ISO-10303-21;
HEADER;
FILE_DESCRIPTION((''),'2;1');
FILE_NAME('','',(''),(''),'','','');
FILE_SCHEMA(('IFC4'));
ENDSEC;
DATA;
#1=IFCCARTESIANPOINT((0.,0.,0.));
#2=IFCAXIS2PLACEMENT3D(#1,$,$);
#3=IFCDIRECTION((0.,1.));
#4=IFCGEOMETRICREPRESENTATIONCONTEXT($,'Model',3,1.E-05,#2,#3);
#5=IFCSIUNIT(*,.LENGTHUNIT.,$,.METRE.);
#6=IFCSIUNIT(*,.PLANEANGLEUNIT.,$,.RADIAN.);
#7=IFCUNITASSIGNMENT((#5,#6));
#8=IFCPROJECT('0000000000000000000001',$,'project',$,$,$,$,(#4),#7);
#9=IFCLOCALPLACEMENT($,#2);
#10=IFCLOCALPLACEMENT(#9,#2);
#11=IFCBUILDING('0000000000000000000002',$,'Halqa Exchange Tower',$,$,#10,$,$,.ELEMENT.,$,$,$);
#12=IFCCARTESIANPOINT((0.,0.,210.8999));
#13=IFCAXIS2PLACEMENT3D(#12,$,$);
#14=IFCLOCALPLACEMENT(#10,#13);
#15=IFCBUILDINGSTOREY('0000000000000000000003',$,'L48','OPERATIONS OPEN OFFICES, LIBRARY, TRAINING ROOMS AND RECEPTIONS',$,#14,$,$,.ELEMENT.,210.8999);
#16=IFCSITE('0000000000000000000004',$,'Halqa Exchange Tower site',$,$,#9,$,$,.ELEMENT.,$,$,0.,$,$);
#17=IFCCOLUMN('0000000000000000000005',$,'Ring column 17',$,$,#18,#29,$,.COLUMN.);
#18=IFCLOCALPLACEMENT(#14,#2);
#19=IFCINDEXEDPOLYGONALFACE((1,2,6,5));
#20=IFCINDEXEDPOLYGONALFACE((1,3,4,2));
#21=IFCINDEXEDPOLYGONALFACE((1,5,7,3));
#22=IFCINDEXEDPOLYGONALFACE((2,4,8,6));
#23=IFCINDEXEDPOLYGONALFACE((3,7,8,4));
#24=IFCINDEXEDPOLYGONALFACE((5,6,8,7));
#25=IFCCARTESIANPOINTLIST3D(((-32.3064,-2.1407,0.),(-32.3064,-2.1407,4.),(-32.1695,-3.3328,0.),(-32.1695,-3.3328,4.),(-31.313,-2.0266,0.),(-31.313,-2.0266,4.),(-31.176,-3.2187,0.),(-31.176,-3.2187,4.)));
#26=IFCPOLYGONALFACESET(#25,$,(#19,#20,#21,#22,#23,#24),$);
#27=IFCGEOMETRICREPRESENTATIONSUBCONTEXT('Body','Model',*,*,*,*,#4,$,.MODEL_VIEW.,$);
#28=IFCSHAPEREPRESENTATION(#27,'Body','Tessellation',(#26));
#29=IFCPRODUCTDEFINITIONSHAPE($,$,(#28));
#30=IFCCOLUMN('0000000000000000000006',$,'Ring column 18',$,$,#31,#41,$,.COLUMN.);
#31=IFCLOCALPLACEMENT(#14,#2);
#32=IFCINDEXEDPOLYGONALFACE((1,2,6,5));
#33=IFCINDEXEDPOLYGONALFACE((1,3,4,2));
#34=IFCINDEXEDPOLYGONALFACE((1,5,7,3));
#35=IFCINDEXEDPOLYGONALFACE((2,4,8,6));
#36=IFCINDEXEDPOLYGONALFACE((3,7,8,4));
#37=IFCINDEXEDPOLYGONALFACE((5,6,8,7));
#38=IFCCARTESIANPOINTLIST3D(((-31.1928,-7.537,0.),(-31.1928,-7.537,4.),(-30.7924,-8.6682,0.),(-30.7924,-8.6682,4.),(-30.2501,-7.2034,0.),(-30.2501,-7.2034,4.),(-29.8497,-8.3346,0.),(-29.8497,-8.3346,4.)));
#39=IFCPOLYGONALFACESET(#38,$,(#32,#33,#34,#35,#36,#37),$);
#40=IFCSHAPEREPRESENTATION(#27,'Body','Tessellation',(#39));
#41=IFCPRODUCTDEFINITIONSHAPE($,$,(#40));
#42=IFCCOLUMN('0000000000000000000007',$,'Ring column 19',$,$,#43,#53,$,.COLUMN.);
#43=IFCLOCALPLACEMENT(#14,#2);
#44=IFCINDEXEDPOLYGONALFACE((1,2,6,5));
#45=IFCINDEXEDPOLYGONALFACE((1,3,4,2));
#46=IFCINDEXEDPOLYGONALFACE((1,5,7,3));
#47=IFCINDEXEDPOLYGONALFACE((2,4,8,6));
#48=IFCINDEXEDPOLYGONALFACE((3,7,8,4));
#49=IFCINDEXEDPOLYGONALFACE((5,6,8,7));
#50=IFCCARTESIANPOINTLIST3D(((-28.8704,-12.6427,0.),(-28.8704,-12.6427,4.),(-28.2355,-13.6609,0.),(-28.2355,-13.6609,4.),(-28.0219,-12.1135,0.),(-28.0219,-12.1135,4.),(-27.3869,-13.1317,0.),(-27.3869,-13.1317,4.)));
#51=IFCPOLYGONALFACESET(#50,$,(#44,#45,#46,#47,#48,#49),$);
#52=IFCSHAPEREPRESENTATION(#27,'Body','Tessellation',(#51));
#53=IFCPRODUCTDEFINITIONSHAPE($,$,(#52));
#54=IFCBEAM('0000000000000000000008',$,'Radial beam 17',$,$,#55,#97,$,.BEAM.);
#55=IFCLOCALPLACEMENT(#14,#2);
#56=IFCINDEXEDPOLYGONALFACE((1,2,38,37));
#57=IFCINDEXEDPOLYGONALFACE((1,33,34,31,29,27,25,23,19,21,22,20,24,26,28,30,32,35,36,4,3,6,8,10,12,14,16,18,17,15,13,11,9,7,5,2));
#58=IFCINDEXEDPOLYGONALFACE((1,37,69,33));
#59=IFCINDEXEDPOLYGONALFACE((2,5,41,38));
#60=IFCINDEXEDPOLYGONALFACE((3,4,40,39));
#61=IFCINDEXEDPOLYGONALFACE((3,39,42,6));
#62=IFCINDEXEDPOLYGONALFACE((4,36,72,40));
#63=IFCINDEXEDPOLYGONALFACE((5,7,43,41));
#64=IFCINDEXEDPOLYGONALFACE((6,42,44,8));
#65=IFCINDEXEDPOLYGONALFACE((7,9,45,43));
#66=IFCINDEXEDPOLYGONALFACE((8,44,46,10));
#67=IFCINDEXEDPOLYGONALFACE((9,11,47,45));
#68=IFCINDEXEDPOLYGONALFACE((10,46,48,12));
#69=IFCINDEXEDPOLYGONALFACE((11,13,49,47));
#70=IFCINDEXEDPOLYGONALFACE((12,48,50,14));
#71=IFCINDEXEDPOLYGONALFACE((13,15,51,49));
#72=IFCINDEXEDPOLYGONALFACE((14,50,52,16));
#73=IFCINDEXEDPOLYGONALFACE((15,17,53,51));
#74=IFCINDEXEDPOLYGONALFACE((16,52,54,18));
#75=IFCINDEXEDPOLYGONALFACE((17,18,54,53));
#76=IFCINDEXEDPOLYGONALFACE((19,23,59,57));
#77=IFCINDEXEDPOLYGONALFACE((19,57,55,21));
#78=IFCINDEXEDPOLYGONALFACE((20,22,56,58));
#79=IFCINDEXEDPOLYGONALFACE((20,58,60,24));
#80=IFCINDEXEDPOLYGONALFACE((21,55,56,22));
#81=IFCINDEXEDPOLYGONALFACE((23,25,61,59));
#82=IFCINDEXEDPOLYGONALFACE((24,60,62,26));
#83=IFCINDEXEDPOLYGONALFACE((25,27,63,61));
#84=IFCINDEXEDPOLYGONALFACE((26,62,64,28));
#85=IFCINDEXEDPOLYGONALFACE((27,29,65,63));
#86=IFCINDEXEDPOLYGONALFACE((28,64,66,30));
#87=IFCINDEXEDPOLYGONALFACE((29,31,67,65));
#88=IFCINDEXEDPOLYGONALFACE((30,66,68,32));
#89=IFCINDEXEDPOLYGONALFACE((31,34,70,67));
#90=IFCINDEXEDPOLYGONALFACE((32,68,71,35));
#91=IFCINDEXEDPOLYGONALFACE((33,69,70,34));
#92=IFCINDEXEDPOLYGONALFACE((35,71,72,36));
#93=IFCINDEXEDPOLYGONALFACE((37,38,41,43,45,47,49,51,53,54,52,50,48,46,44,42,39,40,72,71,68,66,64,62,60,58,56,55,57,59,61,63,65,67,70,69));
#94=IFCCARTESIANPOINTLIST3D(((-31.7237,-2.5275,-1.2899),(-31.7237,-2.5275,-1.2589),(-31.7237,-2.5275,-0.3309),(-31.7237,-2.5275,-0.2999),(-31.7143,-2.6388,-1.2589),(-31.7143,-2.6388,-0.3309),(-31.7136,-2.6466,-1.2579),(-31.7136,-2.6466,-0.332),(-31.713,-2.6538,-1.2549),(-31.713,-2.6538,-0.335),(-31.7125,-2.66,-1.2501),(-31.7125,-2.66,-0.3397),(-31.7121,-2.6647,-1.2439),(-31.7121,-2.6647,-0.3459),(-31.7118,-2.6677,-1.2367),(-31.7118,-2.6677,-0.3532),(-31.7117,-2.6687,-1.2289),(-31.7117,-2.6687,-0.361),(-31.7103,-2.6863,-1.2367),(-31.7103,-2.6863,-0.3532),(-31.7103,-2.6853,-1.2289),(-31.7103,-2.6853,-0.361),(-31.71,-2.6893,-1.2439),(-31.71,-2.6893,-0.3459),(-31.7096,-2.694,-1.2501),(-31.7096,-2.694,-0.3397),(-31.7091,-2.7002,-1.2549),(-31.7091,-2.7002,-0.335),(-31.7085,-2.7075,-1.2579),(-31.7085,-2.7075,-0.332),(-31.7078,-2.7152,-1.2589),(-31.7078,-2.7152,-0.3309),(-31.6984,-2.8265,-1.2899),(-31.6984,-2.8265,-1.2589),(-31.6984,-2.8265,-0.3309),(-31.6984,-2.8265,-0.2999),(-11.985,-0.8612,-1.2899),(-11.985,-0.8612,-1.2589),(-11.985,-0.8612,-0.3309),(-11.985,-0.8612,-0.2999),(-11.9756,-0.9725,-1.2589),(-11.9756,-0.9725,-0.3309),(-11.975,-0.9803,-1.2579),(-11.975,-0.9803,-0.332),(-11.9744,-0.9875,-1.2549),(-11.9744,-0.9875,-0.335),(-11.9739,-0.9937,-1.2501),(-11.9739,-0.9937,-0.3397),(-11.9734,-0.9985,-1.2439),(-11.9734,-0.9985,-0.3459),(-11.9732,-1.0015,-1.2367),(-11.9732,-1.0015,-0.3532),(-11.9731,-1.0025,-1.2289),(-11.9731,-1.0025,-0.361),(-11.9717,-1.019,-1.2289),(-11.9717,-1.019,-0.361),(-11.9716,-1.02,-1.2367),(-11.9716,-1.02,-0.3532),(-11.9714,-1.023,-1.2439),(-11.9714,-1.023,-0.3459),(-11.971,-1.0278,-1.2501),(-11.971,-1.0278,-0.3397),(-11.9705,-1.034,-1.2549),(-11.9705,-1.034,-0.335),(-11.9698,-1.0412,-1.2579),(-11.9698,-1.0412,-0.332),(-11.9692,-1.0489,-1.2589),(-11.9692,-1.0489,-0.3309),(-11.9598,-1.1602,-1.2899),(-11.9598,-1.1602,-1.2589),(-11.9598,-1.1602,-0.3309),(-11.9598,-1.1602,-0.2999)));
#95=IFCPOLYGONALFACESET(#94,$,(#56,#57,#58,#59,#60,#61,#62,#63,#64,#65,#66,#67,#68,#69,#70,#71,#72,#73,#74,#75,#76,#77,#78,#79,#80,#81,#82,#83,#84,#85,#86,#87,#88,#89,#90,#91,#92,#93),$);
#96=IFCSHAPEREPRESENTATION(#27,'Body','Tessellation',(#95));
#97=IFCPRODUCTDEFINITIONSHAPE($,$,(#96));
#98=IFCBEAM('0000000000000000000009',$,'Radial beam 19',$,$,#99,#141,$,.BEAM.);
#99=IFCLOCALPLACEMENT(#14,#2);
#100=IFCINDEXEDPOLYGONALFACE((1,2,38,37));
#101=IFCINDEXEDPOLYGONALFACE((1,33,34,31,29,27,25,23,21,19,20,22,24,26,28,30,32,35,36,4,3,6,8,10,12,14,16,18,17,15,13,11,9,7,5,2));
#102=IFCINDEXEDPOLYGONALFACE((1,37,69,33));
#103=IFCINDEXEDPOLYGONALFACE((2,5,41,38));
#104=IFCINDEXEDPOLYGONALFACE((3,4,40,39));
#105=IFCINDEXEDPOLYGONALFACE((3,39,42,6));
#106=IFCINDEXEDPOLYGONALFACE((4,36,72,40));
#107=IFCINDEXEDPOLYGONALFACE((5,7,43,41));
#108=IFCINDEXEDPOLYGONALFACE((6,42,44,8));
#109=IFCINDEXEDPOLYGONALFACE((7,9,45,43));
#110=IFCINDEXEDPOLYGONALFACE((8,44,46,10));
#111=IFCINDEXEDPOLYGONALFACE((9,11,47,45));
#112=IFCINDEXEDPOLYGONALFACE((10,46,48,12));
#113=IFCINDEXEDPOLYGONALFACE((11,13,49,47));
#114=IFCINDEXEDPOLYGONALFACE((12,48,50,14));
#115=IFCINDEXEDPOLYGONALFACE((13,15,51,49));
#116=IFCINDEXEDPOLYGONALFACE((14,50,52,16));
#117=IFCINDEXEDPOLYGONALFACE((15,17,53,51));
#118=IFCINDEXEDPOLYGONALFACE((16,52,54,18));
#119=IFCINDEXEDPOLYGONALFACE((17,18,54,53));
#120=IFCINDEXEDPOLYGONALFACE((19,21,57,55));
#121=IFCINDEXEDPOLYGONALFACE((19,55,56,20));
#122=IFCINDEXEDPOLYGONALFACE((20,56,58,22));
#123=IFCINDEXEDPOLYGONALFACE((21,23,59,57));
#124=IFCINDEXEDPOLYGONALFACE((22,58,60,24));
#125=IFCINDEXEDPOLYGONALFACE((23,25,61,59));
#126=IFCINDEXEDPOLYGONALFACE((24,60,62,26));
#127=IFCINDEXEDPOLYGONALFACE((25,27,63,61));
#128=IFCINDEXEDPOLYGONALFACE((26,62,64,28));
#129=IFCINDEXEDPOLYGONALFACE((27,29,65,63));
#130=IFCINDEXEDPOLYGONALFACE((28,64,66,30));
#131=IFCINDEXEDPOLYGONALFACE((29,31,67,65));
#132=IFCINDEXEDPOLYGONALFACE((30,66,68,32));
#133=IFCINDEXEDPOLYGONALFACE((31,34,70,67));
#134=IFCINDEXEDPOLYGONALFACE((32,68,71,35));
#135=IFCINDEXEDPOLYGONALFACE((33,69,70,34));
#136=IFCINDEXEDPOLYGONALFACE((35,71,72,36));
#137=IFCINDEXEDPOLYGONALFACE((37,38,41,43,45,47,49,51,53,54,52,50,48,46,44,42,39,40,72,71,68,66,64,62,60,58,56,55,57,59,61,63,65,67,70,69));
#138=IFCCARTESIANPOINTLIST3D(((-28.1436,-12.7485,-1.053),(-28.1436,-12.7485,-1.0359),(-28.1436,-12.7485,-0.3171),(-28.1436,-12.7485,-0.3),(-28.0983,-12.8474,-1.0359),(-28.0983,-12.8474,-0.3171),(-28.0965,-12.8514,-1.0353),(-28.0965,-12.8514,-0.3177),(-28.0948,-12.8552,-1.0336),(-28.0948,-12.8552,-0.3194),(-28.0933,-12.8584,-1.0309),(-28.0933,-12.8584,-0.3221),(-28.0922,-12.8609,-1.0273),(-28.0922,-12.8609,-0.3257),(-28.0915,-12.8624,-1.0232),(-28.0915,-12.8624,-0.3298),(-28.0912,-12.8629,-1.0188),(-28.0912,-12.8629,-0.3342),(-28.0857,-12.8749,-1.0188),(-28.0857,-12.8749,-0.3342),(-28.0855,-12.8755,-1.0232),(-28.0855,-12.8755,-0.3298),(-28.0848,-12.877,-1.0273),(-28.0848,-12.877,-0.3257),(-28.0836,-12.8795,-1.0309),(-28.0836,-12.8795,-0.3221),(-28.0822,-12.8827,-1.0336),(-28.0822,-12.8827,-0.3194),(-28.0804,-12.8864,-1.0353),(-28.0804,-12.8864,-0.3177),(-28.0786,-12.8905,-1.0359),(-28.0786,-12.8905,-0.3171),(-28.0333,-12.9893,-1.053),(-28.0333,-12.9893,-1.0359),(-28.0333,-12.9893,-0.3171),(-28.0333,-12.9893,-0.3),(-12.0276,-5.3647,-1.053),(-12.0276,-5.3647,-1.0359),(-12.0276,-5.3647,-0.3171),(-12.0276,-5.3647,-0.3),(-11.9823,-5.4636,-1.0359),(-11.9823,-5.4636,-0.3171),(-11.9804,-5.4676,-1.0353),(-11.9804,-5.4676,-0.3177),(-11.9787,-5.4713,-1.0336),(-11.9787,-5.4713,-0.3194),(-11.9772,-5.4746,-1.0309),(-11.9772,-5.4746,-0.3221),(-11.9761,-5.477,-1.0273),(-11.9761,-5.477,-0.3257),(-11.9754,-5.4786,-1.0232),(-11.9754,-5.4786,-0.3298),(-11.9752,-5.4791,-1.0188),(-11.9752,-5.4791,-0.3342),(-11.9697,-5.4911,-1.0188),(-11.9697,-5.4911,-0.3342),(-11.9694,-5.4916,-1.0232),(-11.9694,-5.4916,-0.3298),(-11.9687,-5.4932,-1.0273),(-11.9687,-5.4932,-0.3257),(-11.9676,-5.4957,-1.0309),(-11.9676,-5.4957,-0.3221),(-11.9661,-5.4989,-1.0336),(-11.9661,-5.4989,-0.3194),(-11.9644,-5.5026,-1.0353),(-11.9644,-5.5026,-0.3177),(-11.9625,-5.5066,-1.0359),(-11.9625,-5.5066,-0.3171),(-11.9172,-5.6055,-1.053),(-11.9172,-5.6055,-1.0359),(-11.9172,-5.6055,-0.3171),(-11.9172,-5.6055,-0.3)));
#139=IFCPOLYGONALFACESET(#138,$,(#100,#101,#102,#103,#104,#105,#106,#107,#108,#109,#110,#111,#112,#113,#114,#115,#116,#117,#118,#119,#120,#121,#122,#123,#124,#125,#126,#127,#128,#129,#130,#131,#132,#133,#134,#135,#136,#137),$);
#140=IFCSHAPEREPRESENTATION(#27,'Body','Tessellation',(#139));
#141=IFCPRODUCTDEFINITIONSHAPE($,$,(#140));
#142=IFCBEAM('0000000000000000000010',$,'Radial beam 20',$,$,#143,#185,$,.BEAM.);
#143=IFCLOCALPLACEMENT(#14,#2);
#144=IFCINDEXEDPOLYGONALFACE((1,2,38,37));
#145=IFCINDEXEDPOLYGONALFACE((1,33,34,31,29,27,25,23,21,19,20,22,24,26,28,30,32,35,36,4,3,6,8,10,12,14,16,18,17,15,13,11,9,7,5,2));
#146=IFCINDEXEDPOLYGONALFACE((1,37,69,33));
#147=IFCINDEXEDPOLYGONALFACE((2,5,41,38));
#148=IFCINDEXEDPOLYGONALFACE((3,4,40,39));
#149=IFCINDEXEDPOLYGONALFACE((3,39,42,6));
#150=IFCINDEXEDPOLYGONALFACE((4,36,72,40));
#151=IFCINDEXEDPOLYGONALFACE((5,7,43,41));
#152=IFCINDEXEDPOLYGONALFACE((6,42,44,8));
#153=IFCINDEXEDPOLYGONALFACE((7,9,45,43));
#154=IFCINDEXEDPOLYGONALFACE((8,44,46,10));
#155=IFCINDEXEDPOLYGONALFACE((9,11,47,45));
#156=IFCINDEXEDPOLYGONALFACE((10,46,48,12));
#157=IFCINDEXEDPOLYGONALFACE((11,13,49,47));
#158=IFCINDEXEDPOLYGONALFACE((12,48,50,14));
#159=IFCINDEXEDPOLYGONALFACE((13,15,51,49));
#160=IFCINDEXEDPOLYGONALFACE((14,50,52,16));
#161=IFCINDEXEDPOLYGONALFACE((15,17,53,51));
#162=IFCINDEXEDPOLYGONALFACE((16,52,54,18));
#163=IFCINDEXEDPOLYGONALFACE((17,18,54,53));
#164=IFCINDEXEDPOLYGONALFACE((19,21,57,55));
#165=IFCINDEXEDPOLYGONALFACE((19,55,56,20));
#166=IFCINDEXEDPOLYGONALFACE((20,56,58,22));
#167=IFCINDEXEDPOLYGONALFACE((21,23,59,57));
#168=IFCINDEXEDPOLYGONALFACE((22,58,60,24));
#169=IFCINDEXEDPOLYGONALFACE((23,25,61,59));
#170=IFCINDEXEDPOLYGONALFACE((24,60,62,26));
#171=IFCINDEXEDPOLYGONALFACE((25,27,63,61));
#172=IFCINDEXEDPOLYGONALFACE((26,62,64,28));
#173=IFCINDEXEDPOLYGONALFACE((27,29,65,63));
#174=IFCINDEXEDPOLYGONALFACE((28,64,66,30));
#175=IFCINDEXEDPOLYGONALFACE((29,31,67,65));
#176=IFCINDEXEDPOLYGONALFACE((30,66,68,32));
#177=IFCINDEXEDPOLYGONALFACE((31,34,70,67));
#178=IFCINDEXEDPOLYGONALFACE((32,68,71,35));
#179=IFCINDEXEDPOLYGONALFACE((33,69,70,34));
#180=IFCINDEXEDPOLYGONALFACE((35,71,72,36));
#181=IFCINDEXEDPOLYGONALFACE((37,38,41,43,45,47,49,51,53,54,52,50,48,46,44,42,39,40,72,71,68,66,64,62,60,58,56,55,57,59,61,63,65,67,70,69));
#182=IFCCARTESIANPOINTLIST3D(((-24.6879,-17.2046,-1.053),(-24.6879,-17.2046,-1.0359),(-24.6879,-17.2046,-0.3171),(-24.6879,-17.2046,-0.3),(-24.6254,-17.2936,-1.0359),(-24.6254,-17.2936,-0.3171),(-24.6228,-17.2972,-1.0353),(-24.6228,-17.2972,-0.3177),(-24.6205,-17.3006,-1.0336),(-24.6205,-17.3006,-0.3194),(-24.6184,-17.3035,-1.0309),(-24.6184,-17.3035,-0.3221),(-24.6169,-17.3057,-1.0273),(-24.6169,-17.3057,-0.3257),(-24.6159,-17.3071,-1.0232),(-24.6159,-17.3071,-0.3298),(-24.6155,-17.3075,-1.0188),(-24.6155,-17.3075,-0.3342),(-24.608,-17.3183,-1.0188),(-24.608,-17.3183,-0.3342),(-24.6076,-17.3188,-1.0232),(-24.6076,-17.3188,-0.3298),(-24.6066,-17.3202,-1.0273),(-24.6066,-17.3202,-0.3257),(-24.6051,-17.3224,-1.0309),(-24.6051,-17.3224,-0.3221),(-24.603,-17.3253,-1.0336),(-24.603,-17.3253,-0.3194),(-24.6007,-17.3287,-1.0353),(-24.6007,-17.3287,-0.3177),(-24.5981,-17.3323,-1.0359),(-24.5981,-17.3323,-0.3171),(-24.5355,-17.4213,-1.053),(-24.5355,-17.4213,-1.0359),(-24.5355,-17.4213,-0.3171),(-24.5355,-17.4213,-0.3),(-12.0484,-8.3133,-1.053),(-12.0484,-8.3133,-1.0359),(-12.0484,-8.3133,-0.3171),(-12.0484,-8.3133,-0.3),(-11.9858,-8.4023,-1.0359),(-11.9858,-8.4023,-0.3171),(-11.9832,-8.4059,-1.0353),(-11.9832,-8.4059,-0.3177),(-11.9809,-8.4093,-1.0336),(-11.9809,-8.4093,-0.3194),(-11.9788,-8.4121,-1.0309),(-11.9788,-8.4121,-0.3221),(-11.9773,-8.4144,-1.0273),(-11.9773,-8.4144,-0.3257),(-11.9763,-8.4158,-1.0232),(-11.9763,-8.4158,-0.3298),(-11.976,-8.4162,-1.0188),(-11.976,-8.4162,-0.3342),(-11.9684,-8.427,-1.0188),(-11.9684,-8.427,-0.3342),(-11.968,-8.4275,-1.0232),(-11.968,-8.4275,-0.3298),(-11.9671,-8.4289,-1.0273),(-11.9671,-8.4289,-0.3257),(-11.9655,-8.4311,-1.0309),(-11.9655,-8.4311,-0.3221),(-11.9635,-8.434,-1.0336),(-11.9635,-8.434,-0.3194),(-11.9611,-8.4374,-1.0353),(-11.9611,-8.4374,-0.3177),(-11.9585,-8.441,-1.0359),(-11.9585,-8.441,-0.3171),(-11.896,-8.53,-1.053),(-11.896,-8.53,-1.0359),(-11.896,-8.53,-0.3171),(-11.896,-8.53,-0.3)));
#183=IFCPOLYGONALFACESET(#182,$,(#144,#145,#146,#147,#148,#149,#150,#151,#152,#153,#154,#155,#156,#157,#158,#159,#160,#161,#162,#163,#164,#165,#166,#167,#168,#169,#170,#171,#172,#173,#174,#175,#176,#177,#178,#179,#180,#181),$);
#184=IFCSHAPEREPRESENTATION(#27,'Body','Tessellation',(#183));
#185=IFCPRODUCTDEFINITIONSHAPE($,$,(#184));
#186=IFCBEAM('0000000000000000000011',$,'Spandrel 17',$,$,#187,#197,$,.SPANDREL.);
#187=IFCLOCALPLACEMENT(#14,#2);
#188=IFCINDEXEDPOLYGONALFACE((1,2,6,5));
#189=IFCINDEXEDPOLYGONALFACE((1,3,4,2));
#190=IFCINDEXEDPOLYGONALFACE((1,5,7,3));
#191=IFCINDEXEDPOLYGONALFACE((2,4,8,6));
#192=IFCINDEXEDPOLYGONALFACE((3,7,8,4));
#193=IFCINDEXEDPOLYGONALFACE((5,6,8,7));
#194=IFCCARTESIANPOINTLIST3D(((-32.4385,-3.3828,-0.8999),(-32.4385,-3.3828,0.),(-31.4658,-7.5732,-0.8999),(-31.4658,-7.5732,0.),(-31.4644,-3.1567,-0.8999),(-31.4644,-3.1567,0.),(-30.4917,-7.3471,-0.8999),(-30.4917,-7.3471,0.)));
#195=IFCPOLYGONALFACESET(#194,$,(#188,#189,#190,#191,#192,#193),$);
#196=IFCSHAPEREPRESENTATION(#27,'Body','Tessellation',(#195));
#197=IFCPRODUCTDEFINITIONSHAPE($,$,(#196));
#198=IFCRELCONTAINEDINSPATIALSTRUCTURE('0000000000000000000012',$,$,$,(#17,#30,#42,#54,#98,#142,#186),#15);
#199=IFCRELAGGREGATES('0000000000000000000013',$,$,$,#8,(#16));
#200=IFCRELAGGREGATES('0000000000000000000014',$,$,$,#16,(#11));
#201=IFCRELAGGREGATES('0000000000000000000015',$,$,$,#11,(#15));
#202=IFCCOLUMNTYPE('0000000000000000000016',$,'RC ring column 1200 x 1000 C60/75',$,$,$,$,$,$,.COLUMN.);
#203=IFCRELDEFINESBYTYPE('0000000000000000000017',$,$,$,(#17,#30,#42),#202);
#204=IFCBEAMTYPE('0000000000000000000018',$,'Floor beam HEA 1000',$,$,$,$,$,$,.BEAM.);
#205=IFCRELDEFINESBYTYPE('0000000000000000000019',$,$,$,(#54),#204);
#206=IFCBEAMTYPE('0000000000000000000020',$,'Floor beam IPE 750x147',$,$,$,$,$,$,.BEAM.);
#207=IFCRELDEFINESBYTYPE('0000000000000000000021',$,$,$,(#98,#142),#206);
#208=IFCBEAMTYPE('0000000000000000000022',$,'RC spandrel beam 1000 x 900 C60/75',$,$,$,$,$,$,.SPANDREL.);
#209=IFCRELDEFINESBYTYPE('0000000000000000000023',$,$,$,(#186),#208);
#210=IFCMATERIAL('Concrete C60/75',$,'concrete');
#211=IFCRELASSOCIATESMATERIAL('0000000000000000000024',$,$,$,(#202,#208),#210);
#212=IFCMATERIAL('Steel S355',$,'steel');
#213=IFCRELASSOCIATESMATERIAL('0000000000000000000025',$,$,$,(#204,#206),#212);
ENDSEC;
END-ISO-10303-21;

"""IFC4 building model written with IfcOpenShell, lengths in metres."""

from ifc_helpers import new_model, si_unit, direction, frame, origin, origin_2d, place, context, subcontext, project, spatial, rectangle, i_section, extrude, material, material_profile, profile_set, type_object, element, save


model = new_model("IFC4")

# Units and contexts
model_context = context("Model", 3, precision=1e-05, world=origin(), true_north=direction((0.0, 1.0)))
body_context = subcontext(model_context, "Body", "Model", "MODEL_VIEW")
ifc_project = project(units=[si_unit("LENGTHUNIT", "METRE"), si_unit("PLANEANGLEUNIT", "RADIAN")], contexts=[model_context])

# Site, building, storey
site_placement = place(None, origin())
site = spatial("IfcSite", under=ifc_project, at=site_placement, Name="Halqa Exchange Tower site", CompositionType="ELEMENT", RefElevation=0.0)
building_placement = place(site_placement, origin())
building = spatial("IfcBuilding", under=site, at=building_placement, Name="Halqa Exchange Tower", CompositionType="ELEMENT")
storey_placement = place(building_placement, frame((0.0, 0.0, 210.8999)))
storey = spatial("IfcBuildingStorey", under=building, at=storey_placement, Name="L48", Description="OPERATIONS OPEN OFFICES, LIBRARY, TRAINING ROOMS AND RECEPTIONS", CompositionType="ELEMENT", Elevation=210.8999)

# Columns
ifc_material_1 = material(Name="Concrete C60/75", Category="concrete")
ifc_material_profile_1 = material_profile(ifc_material_1, rectangle(XDim=1.2, YDim=1.0, at=origin_2d()), Name="1200 x 1000")
ifc_profile_set_1 = profile_set([ifc_material_profile_1], Name="Concrete C60/75")
column_type = type_object("IfcColumnType", Name="RC ring column 1200 x 1000 C60/75", PredefinedType="COLUMN", material=ifc_profile_set_1)
for number, where, z_axis, x_axis, name in (
    (1, (-31.7412, -2.6797, 0.0), (0.0, 0.0, 1.0), (0.114157, -0.993463, 0.0), "Ring column 17"),
    (2, (-30.5212, -7.9358, 0.0), (0.0, 0.0, 1.0), (0.333626, -0.942706, 0.0), "Ring column 18"),
    (3, (-28.1287, -12.8872, 0.0), (0.0, 0.0, 1.0), (0.529145, -0.848531, 0.0), "Ring column 19"),
):
    element("IfcColumn", number, at=place(storey_placement, frame(where, z_axis=z_axis, x_axis=x_axis)), inside=storey, type_object=column_type, Name=name, PredefinedType="COLUMN", context=body_context, shape_type="SweptSolid", body=[
        extrude(rectangle(XDim=1.2, YDim=1.0, at=origin_2d()), origin(), (0.0, 0.0, 1.0), 4.0),
    ])

# Beams
ifc_material_2 = material(Name="Steel S355", Category="steel")
ifc_material_profile_2 = material_profile(ifc_material_2, i_section(OverallWidth=0.3, OverallDepth=0.99, WebThickness=0.0166, FlangeThickness=0.031, FilletRadius=0.03, at=origin_2d()), Name="HEA 1000")
ifc_profile_set_2 = profile_set([ifc_material_profile_2], Name="Steel S355")
beam_type_1 = type_object("IfcBeamType", Name="Floor beam HEA 1000", PredefinedType="BEAM", material=ifc_profile_set_2)
beam_1_placement = place(storey_placement, frame((-11.9724, -1.0107, -0.7949), z_axis=(-0.996456, -0.084117, 0.0), x_axis=(0.084117, -0.996456, 0.0)))
element("IfcBeam", 4, at=beam_1_placement, inside=storey, type_object=beam_type_1, Name="Radial beam 17", PredefinedType="BEAM", context=body_context, shape_type="SweptSolid", body=[
    extrude(i_section(OverallWidth=0.3, OverallDepth=0.99, WebThickness=0.0166, FlangeThickness=0.031, FilletRadius=0.03, at=origin_2d()), origin(), (0.0, 0.0, 1.0), 19.8088),
])
ifc_material_profile_3 = material_profile(ifc_material_2, i_section(OverallWidth=0.2649, OverallDepth=0.7529, WebThickness=0.0132, FlangeThickness=0.0171, FilletRadius=0.0171, at=origin_2d()), Name="IPE 750x147")
ifc_profile_set_3 = profile_set([ifc_material_profile_3], Name="Steel S355")
beam_type_2 = type_object("IfcBeamType", Name="Floor beam IPE 750x147", PredefinedType="BEAM", material=ifc_profile_set_3)
beam_2_placement = place(storey_placement, frame((-11.9724, -5.4851, -0.6765), z_axis=(-0.909122, -0.416529, 0.0), x_axis=(0.416529, -0.909122, 0.0)))
element("IfcBeam", 5, at=beam_2_placement, inside=storey, type_object=beam_type_2, Name="Radial beam 19", PredefinedType="BEAM", context=body_context, shape_type="SweptSolid", body=[
    extrude(i_section(OverallWidth=0.2649, OverallDepth=0.7529, WebThickness=0.0132, FlangeThickness=0.0171, FilletRadius=0.0171, at=origin_2d()), origin(), (0.0, 0.0, 1.0), 17.7271),
])
beam_3_placement = place(storey_placement, frame((-11.9722, -8.4216, -0.6765), z_axis=(-0.817904, -0.575354, 0.0), x_axis=(0.575354, -0.817904, 0.0)))
element("IfcBeam", 6, at=beam_3_placement, inside=storey, type_object=beam_type_2, Name="Radial beam 20", PredefinedType="BEAM", context=body_context, shape_type="SweptSolid", body=[
    extrude(i_section(OverallWidth=0.2649, OverallDepth=0.7529, WebThickness=0.0132, FlangeThickness=0.0171, FilletRadius=0.0171, at=origin_2d()), origin(), (0.0, 0.0, 1.0), 15.4536),
])
ifc_material_profile_4 = material_profile(ifc_material_1, rectangle(XDim=1.0, YDim=0.8999, at=origin_2d()), Name="1000 x 900")
ifc_profile_set_4 = profile_set([ifc_material_profile_4], Name="Concrete C60/75")
beam_type_3 = type_object("IfcBeamType", Name="RC spandrel beam 1000 x 900 C60/75", PredefinedType="SPANDREL", material=ifc_profile_set_4)
beam_4_placement = place(storey_placement, frame((-31.9514, -3.2698, -0.45), z_axis=(0.226103, -0.974103, 0.0), x_axis=(0.974103, 0.226103, 0.0)))
element("IfcBeam", 7, at=beam_4_placement, inside=storey, type_object=beam_type_3, Name="Spandrel 17", PredefinedType="SPANDREL", context=body_context, shape_type="SweptSolid", body=[
    extrude(rectangle(XDim=1.0, YDim=0.8999, at=origin_2d()), origin(), (0.0, 0.0, 1.0), 4.3018),
])

save(model, "model.ifc")
